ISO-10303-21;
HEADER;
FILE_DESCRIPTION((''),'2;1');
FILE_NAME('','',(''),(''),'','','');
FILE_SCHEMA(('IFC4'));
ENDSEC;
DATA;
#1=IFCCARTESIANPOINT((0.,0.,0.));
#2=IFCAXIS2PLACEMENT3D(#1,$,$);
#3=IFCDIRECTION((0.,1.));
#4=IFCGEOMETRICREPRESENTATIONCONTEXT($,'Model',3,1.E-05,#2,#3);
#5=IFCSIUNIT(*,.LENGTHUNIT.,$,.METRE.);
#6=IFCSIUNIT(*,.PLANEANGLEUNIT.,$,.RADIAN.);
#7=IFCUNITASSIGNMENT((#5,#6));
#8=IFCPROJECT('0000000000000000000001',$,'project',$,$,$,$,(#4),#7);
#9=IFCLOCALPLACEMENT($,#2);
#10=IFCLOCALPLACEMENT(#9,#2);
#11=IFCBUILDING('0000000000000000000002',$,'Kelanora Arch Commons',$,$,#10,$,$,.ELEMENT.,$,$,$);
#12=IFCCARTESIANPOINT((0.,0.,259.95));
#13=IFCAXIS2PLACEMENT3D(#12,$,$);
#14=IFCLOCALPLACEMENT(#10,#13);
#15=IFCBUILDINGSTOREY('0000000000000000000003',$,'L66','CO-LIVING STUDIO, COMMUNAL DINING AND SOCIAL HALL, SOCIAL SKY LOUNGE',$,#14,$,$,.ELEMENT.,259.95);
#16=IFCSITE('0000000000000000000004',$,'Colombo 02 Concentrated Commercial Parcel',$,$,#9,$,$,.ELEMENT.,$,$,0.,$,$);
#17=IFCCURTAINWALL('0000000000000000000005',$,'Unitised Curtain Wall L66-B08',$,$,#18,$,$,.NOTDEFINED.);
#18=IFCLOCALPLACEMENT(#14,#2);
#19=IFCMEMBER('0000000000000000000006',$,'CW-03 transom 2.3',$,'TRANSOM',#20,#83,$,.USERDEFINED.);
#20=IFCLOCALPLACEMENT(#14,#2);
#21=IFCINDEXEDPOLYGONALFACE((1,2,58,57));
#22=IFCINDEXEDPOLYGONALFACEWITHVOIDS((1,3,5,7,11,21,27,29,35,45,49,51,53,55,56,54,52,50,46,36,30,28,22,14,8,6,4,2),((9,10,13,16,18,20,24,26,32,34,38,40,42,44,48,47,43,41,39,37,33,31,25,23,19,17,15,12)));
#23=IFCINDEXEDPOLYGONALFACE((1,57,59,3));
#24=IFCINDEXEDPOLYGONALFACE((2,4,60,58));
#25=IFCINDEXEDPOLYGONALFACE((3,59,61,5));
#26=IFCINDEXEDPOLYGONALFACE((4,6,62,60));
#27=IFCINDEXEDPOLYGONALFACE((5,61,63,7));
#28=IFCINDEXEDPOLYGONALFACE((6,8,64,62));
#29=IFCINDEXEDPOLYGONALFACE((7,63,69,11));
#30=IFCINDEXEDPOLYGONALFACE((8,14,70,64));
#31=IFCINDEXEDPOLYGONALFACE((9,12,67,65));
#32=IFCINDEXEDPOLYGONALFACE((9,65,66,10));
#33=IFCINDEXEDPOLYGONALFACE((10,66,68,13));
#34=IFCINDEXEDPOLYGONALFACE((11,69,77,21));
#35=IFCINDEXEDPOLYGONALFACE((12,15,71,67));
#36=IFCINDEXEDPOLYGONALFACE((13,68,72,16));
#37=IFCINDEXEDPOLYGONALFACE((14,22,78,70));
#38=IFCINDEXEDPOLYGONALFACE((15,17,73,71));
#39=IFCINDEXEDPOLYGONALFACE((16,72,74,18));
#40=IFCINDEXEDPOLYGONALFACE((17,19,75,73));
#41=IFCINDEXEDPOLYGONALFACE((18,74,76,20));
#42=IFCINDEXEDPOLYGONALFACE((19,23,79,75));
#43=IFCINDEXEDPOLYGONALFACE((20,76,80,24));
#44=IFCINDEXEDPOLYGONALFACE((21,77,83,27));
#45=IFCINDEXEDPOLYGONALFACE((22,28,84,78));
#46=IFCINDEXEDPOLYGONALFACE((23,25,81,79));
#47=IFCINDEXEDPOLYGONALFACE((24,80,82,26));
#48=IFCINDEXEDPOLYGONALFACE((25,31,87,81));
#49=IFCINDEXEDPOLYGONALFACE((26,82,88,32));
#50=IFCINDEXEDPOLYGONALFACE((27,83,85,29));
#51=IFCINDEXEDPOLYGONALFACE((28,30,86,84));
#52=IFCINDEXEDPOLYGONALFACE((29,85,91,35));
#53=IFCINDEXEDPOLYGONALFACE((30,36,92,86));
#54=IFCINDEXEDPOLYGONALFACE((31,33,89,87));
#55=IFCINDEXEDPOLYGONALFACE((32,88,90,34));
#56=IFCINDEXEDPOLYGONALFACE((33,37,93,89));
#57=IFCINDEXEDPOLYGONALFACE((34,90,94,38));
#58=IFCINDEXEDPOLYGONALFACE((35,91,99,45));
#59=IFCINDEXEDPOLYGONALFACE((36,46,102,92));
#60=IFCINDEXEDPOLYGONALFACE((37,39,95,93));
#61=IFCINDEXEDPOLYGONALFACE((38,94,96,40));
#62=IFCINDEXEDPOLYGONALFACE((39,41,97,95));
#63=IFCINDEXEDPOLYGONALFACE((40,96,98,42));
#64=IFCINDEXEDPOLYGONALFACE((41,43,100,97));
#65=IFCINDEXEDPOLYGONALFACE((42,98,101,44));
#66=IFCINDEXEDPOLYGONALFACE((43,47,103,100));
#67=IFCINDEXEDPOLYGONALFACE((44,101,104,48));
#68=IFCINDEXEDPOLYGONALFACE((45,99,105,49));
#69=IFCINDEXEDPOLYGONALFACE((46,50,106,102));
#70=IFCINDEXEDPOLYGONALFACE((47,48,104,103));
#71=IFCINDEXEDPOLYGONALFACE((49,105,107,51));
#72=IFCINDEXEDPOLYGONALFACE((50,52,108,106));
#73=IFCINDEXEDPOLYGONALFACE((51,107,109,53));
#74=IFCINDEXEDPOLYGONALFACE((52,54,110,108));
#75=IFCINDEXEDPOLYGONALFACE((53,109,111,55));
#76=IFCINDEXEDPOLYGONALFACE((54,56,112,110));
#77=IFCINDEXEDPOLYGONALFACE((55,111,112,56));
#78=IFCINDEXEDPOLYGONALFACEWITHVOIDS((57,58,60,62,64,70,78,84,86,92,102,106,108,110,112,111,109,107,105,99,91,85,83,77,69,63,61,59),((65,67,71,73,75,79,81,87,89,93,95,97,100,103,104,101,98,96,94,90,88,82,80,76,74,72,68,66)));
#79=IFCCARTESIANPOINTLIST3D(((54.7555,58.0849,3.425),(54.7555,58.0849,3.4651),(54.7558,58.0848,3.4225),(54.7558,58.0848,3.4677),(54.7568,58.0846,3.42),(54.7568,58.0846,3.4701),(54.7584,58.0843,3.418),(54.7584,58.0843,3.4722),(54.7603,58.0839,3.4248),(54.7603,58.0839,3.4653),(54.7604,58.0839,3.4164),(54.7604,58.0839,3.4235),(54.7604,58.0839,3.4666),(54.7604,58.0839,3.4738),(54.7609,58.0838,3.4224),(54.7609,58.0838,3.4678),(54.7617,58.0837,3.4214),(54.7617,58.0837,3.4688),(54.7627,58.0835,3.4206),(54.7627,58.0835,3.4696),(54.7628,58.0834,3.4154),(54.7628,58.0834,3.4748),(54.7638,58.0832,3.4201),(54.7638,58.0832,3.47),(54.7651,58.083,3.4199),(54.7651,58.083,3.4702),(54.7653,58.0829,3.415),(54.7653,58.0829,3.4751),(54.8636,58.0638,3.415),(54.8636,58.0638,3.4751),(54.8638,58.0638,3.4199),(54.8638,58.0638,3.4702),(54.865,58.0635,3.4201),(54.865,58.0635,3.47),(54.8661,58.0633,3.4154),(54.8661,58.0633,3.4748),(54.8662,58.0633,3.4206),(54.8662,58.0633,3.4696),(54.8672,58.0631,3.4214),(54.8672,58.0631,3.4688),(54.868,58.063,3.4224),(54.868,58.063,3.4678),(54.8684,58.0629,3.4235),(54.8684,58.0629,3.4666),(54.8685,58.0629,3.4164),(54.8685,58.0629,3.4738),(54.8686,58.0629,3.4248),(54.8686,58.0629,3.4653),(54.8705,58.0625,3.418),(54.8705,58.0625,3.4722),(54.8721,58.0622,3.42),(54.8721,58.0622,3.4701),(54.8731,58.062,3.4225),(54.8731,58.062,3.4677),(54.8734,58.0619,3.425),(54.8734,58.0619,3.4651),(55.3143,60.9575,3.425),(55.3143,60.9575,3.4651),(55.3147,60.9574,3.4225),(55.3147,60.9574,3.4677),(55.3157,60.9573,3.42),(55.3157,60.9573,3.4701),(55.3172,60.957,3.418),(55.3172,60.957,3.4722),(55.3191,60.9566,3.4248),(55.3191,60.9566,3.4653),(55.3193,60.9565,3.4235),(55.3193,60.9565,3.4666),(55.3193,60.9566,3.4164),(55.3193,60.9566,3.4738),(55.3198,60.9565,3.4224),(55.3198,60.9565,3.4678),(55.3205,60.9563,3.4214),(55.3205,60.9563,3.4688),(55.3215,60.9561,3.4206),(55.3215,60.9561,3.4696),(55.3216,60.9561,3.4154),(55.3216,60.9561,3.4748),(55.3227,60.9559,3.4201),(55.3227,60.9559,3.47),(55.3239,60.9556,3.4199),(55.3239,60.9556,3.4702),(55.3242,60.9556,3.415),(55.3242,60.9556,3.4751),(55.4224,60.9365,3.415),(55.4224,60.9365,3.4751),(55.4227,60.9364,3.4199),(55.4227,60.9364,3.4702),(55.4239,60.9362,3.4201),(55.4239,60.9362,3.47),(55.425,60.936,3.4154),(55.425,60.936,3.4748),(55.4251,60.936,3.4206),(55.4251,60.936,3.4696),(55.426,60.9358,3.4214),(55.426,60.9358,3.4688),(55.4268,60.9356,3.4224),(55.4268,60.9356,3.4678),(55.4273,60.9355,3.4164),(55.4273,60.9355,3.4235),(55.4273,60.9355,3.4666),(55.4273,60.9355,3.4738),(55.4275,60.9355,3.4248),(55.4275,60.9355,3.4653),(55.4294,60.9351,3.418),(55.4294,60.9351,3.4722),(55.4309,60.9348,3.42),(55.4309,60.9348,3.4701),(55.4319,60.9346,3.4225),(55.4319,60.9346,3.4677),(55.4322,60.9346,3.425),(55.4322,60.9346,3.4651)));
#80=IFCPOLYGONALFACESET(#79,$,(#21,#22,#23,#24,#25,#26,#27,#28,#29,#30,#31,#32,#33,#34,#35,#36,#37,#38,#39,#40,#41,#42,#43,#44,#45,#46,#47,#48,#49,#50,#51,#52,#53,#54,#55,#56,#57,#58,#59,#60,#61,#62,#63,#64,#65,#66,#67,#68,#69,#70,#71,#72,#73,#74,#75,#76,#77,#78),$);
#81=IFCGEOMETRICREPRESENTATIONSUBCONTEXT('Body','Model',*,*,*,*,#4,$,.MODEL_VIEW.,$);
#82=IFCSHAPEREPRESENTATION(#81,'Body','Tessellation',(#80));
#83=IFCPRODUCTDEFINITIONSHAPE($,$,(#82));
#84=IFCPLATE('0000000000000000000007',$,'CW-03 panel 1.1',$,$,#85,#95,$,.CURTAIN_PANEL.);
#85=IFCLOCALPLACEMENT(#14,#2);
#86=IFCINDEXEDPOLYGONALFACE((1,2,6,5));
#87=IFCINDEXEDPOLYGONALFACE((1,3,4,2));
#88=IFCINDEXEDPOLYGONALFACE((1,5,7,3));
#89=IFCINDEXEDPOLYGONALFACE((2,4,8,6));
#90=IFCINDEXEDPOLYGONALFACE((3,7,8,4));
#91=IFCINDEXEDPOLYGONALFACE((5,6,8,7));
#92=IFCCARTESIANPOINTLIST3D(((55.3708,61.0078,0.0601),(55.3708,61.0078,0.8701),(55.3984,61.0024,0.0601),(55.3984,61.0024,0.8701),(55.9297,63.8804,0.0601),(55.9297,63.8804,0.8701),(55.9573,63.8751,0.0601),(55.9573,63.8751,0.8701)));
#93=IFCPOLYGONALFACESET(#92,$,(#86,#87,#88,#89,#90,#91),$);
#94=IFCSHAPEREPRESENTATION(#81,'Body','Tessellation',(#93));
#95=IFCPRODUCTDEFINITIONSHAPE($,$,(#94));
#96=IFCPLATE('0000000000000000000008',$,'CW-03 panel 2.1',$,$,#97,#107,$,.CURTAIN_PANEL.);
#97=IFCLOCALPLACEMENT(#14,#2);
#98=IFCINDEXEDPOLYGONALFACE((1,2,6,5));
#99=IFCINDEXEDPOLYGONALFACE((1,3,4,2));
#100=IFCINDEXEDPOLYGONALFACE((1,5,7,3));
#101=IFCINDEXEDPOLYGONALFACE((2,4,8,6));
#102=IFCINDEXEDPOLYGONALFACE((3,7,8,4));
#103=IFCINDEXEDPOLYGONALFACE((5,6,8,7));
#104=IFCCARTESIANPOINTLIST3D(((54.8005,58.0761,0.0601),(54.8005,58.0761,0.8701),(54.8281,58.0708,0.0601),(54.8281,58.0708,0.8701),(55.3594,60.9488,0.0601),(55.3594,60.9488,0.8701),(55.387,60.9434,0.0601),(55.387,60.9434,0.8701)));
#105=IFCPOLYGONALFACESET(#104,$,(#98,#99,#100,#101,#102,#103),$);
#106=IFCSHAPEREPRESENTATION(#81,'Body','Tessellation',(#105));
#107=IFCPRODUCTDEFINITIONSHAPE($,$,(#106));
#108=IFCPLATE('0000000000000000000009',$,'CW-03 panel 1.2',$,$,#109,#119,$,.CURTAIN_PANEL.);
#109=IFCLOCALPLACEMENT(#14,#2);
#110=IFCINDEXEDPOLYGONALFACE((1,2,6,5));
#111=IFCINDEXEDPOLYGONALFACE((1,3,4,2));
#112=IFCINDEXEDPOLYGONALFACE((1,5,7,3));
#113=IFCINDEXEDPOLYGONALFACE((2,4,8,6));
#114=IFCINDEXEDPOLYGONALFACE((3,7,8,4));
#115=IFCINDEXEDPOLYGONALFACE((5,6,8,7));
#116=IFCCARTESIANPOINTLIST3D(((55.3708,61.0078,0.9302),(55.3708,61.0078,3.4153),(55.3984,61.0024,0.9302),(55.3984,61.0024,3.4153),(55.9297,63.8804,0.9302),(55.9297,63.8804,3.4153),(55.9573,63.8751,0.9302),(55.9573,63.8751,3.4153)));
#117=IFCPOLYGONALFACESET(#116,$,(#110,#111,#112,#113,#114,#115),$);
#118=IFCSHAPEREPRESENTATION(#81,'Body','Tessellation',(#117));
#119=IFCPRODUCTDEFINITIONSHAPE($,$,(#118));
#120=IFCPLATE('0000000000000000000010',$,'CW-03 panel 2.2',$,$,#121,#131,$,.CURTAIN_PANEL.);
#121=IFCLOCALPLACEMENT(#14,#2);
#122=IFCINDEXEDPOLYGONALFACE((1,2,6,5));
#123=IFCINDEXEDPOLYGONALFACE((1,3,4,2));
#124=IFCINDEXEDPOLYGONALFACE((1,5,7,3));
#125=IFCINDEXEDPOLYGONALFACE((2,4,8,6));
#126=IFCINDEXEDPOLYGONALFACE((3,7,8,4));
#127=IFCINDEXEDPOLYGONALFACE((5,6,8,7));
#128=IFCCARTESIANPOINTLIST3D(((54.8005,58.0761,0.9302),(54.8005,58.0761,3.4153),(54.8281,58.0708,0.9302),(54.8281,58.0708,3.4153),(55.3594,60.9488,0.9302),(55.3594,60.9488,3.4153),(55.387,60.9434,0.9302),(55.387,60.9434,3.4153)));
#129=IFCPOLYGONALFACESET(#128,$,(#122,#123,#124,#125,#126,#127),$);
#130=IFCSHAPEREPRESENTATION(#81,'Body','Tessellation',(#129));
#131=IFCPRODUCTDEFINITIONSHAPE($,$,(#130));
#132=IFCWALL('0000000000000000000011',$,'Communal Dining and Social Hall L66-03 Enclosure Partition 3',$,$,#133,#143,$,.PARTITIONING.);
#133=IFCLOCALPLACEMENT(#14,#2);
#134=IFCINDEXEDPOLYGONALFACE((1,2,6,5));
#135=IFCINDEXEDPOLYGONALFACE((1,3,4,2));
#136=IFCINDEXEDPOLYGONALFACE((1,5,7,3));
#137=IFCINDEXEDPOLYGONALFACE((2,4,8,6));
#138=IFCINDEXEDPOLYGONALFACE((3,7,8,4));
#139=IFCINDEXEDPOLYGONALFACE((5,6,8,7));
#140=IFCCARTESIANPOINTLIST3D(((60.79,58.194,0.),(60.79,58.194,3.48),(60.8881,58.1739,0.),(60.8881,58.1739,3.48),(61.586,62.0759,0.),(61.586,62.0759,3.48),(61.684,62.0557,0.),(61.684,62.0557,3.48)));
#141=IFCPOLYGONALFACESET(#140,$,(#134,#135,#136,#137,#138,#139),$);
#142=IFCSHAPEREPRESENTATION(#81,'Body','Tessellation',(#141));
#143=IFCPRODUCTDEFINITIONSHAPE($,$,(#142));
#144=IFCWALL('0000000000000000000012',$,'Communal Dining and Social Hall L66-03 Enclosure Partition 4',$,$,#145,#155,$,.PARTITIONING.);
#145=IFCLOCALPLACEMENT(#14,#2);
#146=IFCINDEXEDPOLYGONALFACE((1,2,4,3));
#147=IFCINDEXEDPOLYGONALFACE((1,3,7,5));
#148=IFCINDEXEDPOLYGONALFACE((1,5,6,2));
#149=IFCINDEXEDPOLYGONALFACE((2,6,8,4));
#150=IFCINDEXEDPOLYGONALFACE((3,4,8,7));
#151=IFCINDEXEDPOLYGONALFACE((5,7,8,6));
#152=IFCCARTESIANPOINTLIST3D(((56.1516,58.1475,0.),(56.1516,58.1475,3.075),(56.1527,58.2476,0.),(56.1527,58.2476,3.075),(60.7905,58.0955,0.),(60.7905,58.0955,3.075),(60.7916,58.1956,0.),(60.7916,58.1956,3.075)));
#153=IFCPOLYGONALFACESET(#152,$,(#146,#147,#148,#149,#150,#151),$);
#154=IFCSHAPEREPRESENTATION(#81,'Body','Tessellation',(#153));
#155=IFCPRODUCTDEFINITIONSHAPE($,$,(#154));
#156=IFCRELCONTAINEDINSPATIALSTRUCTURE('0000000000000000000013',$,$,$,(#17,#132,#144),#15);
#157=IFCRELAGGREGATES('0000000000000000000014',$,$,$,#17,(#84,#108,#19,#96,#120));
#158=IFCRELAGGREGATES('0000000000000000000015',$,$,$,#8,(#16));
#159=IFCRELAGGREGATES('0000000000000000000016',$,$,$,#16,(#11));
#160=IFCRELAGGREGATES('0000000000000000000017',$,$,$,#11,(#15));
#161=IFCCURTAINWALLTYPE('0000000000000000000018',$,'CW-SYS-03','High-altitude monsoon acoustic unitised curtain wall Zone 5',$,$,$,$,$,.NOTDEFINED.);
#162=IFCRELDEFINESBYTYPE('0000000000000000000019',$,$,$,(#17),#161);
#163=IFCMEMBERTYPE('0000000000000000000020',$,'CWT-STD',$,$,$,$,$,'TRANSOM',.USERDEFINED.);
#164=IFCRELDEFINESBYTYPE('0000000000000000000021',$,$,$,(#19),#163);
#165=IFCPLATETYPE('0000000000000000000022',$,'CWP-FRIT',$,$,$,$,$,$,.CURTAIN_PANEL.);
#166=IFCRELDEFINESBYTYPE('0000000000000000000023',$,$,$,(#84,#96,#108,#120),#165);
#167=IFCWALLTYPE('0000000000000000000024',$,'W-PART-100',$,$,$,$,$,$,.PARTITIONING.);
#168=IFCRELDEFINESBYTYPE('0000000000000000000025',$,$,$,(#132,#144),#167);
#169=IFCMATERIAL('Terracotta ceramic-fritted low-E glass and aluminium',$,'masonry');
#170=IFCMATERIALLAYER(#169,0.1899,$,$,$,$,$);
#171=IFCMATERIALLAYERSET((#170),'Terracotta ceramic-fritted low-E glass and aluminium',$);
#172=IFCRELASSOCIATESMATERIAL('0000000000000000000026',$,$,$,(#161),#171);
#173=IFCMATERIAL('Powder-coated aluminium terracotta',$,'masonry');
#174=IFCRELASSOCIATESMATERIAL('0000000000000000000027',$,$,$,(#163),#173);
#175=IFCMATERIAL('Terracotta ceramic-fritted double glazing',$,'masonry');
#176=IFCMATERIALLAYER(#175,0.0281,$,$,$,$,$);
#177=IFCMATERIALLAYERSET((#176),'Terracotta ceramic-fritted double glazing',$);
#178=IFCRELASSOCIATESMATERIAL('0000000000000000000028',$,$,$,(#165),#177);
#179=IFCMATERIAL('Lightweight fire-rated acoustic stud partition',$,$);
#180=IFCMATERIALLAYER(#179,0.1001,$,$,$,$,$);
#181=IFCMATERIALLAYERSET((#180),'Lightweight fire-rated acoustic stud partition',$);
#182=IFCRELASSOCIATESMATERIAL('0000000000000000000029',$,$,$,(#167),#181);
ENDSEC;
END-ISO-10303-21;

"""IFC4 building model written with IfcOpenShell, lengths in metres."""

from ifc_helpers import new_model, si_unit, direction, frame, frame_2d, origin, origin_2d, place, context, subcontext, project, spatial, rectangle, hollow_rectangle, extrude, source, transform, mapped, material, layer, layer_set, material_profile, profile_set, type_object, element, aggregate, save


model = new_model("IFC4")

# Units and contexts
model_context = context("Model", 3, precision=1e-05, world=origin(), true_north=direction((0.0, 1.0)))
body_context = subcontext(model_context, "Body", "Model", "MODEL_VIEW")
ifc_project = project(units=[si_unit("LENGTHUNIT", "METRE"), si_unit("PLANEANGLEUNIT", "RADIAN")], contexts=[model_context])

# Site, building, storey
site_placement = place(None, origin())
site = spatial("IfcSite", under=ifc_project, at=site_placement, Name="Colombo 02 Concentrated Commercial Parcel", CompositionType="ELEMENT", RefElevation=0.0)
building_placement = place(site_placement, origin())
building = spatial("IfcBuilding", under=site, at=building_placement, Name="Kelanora Arch Commons", CompositionType="ELEMENT")
storey_placement = place(building_placement, frame((0.0, 0.0, 259.95)))
storey = spatial("IfcBuildingStorey", under=building, at=storey_placement, Name="L66", Description="CO-LIVING STUDIO, COMMUNAL DINING AND SOCIAL HALL, SOCIAL SKY LOUNGE", CompositionType="ELEMENT", Elevation=259.95)

# Curtain wall, member, plates
ifc_material_1 = material(Name="Terracotta ceramic-fritted low-E glass and aluminium", Category="masonry")
ifc_layer_1 = layer(ifc_material_1, 0.1899)
ifc_layer_set_1 = layer_set([ifc_layer_1], Name="Terracotta ceramic-fritted low-E glass and aluminium")
curtain_wall_type = type_object("IfcCurtainWallType", Name="CW-SYS-03", Description="High-altitude monsoon acoustic unitised curtain wall Zone 5", PredefinedType="NOTDEFINED", material=ifc_layer_set_1)
curtain_wall_placement = place(storey_placement, origin())
curtain_wall = element("IfcCurtainWall", 1, at=curtain_wall_placement, inside=storey, type_object=curtain_wall_type, Name="Unitised Curtain Wall L66-B08", PredefinedType="NOTDEFINED")
ifc_material_2 = material(Name="Powder-coated aluminium terracotta", Category="masonry")
ifc_material_profile_1 = material_profile(ifc_material_2, hollow_rectangle(XDim=0.1201, YDim=0.0601, WallThickness=0.0049, InnerFilletRadius=0.0049, OuterFilletRadius=0.01, at=origin_2d()), Name="CWT120x60")
ifc_profile_set_1 = profile_set([ifc_material_profile_1], Name="Powder-coated aluminium terracotta")
member_type_1 = type_object("IfcMemberType", Name="CWT-STD", ElementType="TRANSOM", PredefinedType="USERDEFINED", material=ifc_profile_set_1)
member_1_placement = place(storey_placement, frame((55.3733, 60.946, 3.4451), z_axis=(-0.190963, -0.981597, 0.0), x_axis=(0.981597, -0.190963, 0.0)))
member_1 = element("IfcMember", 2, at=member_1_placement, type_object=member_type_1, Name="CW-03 transom 2.3", ObjectType="TRANSOM", PredefinedType="USERDEFINED", context=body_context, shape_type="SweptSolid", body=[
    extrude(hollow_rectangle(XDim=0.1201, YDim=0.0601, WallThickness=0.0049, InnerFilletRadius=0.0049, OuterFilletRadius=0.01, at=origin_2d()), origin(), (0.0, 0.0, 1.0), 2.9265),
])
ifc_material_3 = material(Name="Terracotta ceramic-fritted double glazing", Category="masonry")
ifc_layer_2 = layer(ifc_material_3, 0.0281)
ifc_layer_set_2 = layer_set([ifc_layer_2], Name="Terracotta ceramic-fritted double glazing")
plate_type = type_object("IfcPlateType", Name="CWP-FRIT", PredefinedType="CURTAIN_PANEL", material=ifc_layer_set_2)
shared_shape_1 = source(origin(), body_context, "Body", "SweptSolid", [
    extrude(rectangle(XDim=2.9265, YDim=0.0281, at=origin_2d()), origin(), (0.0, 0.0, 1.0), 0.8101),
])
plate_1_placement = place(storey_placement, frame((55.6641, 62.4414, 0.0601), z_axis=(0.0, 0.0, 1.0), x_axis=(-0.190972, -0.981596, 0.0)))
plate_1 = element("IfcPlate", 3, at=plate_1_placement, type_object=plate_type, Name="CW-03 panel 1.1", PredefinedType="CURTAIN_PANEL", context=body_context, shape_type="MappedRepresentation", body=[
    mapped(shared_shape_1, transform((0.0, 0.0, 0.0), scale=1.0)),
])
plate_2_placement = place(storey_placement, frame((55.0938, 59.5098, 0.0601), z_axis=(0.0, 0.0, 1.0), x_axis=(-0.190972, -0.981596, 0.0)))
plate_2 = element("IfcPlate", 4, at=plate_2_placement, type_object=plate_type, Name="CW-03 panel 2.1", PredefinedType="CURTAIN_PANEL", context=body_context, shape_type="MappedRepresentation", body=[
    mapped(shared_shape_1, transform((0.0, 0.0, 0.0), scale=1.0)),
])
shared_shape_2 = source(origin(), body_context, "Body", "SweptSolid", [
    extrude(rectangle(XDim=2.9265, YDim=0.0281, at=origin_2d()), origin(), (0.0, 0.0, 1.0), 2.4851),
])
plate_3_placement = place(storey_placement, frame((55.6641, 62.4414, 0.9302), z_axis=(0.0, 0.0, 1.0), x_axis=(-0.190972, -0.981596, 0.0)))
plate_3 = element("IfcPlate", 5, at=plate_3_placement, type_object=plate_type, Name="CW-03 panel 1.2", PredefinedType="CURTAIN_PANEL", context=body_context, shape_type="MappedRepresentation", body=[
    mapped(shared_shape_2, transform((0.0, 0.0, 0.0), scale=1.0)),
])
plate_4_placement = place(storey_placement, frame((55.0938, 59.5098, 0.9302), z_axis=(0.0, 0.0, 1.0), x_axis=(-0.190972, -0.981596, 0.0)))
plate_4 = element("IfcPlate", 6, at=plate_4_placement, type_object=plate_type, Name="CW-03 panel 2.2", PredefinedType="CURTAIN_PANEL", context=body_context, shape_type="MappedRepresentation", body=[
    mapped(shared_shape_2, transform((0.0, 0.0, 0.0), scale=1.0)),
])
aggregate(curtain_wall, [plate_1, plate_3, member_1, plate_2, plate_4])

# Walls
ifc_material_4 = material(Name="Lightweight fire-rated acoustic stud partition")
ifc_layer_3 = layer(ifc_material_4, 0.1001)
ifc_layer_set_3 = layer_set([ifc_layer_3], Name="Lightweight fire-rated acoustic stud partition")
wall_type = type_object("IfcWallType", Name="W-PART-100", PredefinedType="PARTITIONING", material=ifc_layer_set_3)
wall_1_placement = place(storey_placement, frame((61.635, 62.0659, 0.0), z_axis=(0.0, 0.0, 1.0), x_axis=(-0.200853, -0.979621, 0.0)))
element("IfcWall", 7, at=wall_1_placement, inside=storey, type_object=wall_type, Name="Communal Dining and Social Hall L66-03 Enclosure Partition 3", PredefinedType="PARTITIONING", context=body_context, shape_type="SweptSolid", body=[
    extrude(rectangle(XDim=3.9626, YDim=0.1001, at=frame_2d((1.9814, 0.0))), origin(), (0.0, 0.0, 1.0), 3.48),
])
wall_2_placement = place(storey_placement, frame((60.791, 58.1455, 0.0), z_axis=(0.0, 0.0, 1.0), x_axis=(-0.999937, 0.011209, 0.0)))
element("IfcWall", 8, at=wall_2_placement, inside=storey, type_object=wall_type, Name="Communal Dining and Social Hall L66-03 Enclosure Partition 4", PredefinedType="PARTITIONING", context=body_context, shape_type="SweptSolid", body=[
    extrude(rectangle(XDim=4.6392, YDim=0.1001, at=frame_2d((2.3196, 0.0))), origin(), (0.0, 0.0, 1.0), 3.075),
])

save(model, "model.ifc")
